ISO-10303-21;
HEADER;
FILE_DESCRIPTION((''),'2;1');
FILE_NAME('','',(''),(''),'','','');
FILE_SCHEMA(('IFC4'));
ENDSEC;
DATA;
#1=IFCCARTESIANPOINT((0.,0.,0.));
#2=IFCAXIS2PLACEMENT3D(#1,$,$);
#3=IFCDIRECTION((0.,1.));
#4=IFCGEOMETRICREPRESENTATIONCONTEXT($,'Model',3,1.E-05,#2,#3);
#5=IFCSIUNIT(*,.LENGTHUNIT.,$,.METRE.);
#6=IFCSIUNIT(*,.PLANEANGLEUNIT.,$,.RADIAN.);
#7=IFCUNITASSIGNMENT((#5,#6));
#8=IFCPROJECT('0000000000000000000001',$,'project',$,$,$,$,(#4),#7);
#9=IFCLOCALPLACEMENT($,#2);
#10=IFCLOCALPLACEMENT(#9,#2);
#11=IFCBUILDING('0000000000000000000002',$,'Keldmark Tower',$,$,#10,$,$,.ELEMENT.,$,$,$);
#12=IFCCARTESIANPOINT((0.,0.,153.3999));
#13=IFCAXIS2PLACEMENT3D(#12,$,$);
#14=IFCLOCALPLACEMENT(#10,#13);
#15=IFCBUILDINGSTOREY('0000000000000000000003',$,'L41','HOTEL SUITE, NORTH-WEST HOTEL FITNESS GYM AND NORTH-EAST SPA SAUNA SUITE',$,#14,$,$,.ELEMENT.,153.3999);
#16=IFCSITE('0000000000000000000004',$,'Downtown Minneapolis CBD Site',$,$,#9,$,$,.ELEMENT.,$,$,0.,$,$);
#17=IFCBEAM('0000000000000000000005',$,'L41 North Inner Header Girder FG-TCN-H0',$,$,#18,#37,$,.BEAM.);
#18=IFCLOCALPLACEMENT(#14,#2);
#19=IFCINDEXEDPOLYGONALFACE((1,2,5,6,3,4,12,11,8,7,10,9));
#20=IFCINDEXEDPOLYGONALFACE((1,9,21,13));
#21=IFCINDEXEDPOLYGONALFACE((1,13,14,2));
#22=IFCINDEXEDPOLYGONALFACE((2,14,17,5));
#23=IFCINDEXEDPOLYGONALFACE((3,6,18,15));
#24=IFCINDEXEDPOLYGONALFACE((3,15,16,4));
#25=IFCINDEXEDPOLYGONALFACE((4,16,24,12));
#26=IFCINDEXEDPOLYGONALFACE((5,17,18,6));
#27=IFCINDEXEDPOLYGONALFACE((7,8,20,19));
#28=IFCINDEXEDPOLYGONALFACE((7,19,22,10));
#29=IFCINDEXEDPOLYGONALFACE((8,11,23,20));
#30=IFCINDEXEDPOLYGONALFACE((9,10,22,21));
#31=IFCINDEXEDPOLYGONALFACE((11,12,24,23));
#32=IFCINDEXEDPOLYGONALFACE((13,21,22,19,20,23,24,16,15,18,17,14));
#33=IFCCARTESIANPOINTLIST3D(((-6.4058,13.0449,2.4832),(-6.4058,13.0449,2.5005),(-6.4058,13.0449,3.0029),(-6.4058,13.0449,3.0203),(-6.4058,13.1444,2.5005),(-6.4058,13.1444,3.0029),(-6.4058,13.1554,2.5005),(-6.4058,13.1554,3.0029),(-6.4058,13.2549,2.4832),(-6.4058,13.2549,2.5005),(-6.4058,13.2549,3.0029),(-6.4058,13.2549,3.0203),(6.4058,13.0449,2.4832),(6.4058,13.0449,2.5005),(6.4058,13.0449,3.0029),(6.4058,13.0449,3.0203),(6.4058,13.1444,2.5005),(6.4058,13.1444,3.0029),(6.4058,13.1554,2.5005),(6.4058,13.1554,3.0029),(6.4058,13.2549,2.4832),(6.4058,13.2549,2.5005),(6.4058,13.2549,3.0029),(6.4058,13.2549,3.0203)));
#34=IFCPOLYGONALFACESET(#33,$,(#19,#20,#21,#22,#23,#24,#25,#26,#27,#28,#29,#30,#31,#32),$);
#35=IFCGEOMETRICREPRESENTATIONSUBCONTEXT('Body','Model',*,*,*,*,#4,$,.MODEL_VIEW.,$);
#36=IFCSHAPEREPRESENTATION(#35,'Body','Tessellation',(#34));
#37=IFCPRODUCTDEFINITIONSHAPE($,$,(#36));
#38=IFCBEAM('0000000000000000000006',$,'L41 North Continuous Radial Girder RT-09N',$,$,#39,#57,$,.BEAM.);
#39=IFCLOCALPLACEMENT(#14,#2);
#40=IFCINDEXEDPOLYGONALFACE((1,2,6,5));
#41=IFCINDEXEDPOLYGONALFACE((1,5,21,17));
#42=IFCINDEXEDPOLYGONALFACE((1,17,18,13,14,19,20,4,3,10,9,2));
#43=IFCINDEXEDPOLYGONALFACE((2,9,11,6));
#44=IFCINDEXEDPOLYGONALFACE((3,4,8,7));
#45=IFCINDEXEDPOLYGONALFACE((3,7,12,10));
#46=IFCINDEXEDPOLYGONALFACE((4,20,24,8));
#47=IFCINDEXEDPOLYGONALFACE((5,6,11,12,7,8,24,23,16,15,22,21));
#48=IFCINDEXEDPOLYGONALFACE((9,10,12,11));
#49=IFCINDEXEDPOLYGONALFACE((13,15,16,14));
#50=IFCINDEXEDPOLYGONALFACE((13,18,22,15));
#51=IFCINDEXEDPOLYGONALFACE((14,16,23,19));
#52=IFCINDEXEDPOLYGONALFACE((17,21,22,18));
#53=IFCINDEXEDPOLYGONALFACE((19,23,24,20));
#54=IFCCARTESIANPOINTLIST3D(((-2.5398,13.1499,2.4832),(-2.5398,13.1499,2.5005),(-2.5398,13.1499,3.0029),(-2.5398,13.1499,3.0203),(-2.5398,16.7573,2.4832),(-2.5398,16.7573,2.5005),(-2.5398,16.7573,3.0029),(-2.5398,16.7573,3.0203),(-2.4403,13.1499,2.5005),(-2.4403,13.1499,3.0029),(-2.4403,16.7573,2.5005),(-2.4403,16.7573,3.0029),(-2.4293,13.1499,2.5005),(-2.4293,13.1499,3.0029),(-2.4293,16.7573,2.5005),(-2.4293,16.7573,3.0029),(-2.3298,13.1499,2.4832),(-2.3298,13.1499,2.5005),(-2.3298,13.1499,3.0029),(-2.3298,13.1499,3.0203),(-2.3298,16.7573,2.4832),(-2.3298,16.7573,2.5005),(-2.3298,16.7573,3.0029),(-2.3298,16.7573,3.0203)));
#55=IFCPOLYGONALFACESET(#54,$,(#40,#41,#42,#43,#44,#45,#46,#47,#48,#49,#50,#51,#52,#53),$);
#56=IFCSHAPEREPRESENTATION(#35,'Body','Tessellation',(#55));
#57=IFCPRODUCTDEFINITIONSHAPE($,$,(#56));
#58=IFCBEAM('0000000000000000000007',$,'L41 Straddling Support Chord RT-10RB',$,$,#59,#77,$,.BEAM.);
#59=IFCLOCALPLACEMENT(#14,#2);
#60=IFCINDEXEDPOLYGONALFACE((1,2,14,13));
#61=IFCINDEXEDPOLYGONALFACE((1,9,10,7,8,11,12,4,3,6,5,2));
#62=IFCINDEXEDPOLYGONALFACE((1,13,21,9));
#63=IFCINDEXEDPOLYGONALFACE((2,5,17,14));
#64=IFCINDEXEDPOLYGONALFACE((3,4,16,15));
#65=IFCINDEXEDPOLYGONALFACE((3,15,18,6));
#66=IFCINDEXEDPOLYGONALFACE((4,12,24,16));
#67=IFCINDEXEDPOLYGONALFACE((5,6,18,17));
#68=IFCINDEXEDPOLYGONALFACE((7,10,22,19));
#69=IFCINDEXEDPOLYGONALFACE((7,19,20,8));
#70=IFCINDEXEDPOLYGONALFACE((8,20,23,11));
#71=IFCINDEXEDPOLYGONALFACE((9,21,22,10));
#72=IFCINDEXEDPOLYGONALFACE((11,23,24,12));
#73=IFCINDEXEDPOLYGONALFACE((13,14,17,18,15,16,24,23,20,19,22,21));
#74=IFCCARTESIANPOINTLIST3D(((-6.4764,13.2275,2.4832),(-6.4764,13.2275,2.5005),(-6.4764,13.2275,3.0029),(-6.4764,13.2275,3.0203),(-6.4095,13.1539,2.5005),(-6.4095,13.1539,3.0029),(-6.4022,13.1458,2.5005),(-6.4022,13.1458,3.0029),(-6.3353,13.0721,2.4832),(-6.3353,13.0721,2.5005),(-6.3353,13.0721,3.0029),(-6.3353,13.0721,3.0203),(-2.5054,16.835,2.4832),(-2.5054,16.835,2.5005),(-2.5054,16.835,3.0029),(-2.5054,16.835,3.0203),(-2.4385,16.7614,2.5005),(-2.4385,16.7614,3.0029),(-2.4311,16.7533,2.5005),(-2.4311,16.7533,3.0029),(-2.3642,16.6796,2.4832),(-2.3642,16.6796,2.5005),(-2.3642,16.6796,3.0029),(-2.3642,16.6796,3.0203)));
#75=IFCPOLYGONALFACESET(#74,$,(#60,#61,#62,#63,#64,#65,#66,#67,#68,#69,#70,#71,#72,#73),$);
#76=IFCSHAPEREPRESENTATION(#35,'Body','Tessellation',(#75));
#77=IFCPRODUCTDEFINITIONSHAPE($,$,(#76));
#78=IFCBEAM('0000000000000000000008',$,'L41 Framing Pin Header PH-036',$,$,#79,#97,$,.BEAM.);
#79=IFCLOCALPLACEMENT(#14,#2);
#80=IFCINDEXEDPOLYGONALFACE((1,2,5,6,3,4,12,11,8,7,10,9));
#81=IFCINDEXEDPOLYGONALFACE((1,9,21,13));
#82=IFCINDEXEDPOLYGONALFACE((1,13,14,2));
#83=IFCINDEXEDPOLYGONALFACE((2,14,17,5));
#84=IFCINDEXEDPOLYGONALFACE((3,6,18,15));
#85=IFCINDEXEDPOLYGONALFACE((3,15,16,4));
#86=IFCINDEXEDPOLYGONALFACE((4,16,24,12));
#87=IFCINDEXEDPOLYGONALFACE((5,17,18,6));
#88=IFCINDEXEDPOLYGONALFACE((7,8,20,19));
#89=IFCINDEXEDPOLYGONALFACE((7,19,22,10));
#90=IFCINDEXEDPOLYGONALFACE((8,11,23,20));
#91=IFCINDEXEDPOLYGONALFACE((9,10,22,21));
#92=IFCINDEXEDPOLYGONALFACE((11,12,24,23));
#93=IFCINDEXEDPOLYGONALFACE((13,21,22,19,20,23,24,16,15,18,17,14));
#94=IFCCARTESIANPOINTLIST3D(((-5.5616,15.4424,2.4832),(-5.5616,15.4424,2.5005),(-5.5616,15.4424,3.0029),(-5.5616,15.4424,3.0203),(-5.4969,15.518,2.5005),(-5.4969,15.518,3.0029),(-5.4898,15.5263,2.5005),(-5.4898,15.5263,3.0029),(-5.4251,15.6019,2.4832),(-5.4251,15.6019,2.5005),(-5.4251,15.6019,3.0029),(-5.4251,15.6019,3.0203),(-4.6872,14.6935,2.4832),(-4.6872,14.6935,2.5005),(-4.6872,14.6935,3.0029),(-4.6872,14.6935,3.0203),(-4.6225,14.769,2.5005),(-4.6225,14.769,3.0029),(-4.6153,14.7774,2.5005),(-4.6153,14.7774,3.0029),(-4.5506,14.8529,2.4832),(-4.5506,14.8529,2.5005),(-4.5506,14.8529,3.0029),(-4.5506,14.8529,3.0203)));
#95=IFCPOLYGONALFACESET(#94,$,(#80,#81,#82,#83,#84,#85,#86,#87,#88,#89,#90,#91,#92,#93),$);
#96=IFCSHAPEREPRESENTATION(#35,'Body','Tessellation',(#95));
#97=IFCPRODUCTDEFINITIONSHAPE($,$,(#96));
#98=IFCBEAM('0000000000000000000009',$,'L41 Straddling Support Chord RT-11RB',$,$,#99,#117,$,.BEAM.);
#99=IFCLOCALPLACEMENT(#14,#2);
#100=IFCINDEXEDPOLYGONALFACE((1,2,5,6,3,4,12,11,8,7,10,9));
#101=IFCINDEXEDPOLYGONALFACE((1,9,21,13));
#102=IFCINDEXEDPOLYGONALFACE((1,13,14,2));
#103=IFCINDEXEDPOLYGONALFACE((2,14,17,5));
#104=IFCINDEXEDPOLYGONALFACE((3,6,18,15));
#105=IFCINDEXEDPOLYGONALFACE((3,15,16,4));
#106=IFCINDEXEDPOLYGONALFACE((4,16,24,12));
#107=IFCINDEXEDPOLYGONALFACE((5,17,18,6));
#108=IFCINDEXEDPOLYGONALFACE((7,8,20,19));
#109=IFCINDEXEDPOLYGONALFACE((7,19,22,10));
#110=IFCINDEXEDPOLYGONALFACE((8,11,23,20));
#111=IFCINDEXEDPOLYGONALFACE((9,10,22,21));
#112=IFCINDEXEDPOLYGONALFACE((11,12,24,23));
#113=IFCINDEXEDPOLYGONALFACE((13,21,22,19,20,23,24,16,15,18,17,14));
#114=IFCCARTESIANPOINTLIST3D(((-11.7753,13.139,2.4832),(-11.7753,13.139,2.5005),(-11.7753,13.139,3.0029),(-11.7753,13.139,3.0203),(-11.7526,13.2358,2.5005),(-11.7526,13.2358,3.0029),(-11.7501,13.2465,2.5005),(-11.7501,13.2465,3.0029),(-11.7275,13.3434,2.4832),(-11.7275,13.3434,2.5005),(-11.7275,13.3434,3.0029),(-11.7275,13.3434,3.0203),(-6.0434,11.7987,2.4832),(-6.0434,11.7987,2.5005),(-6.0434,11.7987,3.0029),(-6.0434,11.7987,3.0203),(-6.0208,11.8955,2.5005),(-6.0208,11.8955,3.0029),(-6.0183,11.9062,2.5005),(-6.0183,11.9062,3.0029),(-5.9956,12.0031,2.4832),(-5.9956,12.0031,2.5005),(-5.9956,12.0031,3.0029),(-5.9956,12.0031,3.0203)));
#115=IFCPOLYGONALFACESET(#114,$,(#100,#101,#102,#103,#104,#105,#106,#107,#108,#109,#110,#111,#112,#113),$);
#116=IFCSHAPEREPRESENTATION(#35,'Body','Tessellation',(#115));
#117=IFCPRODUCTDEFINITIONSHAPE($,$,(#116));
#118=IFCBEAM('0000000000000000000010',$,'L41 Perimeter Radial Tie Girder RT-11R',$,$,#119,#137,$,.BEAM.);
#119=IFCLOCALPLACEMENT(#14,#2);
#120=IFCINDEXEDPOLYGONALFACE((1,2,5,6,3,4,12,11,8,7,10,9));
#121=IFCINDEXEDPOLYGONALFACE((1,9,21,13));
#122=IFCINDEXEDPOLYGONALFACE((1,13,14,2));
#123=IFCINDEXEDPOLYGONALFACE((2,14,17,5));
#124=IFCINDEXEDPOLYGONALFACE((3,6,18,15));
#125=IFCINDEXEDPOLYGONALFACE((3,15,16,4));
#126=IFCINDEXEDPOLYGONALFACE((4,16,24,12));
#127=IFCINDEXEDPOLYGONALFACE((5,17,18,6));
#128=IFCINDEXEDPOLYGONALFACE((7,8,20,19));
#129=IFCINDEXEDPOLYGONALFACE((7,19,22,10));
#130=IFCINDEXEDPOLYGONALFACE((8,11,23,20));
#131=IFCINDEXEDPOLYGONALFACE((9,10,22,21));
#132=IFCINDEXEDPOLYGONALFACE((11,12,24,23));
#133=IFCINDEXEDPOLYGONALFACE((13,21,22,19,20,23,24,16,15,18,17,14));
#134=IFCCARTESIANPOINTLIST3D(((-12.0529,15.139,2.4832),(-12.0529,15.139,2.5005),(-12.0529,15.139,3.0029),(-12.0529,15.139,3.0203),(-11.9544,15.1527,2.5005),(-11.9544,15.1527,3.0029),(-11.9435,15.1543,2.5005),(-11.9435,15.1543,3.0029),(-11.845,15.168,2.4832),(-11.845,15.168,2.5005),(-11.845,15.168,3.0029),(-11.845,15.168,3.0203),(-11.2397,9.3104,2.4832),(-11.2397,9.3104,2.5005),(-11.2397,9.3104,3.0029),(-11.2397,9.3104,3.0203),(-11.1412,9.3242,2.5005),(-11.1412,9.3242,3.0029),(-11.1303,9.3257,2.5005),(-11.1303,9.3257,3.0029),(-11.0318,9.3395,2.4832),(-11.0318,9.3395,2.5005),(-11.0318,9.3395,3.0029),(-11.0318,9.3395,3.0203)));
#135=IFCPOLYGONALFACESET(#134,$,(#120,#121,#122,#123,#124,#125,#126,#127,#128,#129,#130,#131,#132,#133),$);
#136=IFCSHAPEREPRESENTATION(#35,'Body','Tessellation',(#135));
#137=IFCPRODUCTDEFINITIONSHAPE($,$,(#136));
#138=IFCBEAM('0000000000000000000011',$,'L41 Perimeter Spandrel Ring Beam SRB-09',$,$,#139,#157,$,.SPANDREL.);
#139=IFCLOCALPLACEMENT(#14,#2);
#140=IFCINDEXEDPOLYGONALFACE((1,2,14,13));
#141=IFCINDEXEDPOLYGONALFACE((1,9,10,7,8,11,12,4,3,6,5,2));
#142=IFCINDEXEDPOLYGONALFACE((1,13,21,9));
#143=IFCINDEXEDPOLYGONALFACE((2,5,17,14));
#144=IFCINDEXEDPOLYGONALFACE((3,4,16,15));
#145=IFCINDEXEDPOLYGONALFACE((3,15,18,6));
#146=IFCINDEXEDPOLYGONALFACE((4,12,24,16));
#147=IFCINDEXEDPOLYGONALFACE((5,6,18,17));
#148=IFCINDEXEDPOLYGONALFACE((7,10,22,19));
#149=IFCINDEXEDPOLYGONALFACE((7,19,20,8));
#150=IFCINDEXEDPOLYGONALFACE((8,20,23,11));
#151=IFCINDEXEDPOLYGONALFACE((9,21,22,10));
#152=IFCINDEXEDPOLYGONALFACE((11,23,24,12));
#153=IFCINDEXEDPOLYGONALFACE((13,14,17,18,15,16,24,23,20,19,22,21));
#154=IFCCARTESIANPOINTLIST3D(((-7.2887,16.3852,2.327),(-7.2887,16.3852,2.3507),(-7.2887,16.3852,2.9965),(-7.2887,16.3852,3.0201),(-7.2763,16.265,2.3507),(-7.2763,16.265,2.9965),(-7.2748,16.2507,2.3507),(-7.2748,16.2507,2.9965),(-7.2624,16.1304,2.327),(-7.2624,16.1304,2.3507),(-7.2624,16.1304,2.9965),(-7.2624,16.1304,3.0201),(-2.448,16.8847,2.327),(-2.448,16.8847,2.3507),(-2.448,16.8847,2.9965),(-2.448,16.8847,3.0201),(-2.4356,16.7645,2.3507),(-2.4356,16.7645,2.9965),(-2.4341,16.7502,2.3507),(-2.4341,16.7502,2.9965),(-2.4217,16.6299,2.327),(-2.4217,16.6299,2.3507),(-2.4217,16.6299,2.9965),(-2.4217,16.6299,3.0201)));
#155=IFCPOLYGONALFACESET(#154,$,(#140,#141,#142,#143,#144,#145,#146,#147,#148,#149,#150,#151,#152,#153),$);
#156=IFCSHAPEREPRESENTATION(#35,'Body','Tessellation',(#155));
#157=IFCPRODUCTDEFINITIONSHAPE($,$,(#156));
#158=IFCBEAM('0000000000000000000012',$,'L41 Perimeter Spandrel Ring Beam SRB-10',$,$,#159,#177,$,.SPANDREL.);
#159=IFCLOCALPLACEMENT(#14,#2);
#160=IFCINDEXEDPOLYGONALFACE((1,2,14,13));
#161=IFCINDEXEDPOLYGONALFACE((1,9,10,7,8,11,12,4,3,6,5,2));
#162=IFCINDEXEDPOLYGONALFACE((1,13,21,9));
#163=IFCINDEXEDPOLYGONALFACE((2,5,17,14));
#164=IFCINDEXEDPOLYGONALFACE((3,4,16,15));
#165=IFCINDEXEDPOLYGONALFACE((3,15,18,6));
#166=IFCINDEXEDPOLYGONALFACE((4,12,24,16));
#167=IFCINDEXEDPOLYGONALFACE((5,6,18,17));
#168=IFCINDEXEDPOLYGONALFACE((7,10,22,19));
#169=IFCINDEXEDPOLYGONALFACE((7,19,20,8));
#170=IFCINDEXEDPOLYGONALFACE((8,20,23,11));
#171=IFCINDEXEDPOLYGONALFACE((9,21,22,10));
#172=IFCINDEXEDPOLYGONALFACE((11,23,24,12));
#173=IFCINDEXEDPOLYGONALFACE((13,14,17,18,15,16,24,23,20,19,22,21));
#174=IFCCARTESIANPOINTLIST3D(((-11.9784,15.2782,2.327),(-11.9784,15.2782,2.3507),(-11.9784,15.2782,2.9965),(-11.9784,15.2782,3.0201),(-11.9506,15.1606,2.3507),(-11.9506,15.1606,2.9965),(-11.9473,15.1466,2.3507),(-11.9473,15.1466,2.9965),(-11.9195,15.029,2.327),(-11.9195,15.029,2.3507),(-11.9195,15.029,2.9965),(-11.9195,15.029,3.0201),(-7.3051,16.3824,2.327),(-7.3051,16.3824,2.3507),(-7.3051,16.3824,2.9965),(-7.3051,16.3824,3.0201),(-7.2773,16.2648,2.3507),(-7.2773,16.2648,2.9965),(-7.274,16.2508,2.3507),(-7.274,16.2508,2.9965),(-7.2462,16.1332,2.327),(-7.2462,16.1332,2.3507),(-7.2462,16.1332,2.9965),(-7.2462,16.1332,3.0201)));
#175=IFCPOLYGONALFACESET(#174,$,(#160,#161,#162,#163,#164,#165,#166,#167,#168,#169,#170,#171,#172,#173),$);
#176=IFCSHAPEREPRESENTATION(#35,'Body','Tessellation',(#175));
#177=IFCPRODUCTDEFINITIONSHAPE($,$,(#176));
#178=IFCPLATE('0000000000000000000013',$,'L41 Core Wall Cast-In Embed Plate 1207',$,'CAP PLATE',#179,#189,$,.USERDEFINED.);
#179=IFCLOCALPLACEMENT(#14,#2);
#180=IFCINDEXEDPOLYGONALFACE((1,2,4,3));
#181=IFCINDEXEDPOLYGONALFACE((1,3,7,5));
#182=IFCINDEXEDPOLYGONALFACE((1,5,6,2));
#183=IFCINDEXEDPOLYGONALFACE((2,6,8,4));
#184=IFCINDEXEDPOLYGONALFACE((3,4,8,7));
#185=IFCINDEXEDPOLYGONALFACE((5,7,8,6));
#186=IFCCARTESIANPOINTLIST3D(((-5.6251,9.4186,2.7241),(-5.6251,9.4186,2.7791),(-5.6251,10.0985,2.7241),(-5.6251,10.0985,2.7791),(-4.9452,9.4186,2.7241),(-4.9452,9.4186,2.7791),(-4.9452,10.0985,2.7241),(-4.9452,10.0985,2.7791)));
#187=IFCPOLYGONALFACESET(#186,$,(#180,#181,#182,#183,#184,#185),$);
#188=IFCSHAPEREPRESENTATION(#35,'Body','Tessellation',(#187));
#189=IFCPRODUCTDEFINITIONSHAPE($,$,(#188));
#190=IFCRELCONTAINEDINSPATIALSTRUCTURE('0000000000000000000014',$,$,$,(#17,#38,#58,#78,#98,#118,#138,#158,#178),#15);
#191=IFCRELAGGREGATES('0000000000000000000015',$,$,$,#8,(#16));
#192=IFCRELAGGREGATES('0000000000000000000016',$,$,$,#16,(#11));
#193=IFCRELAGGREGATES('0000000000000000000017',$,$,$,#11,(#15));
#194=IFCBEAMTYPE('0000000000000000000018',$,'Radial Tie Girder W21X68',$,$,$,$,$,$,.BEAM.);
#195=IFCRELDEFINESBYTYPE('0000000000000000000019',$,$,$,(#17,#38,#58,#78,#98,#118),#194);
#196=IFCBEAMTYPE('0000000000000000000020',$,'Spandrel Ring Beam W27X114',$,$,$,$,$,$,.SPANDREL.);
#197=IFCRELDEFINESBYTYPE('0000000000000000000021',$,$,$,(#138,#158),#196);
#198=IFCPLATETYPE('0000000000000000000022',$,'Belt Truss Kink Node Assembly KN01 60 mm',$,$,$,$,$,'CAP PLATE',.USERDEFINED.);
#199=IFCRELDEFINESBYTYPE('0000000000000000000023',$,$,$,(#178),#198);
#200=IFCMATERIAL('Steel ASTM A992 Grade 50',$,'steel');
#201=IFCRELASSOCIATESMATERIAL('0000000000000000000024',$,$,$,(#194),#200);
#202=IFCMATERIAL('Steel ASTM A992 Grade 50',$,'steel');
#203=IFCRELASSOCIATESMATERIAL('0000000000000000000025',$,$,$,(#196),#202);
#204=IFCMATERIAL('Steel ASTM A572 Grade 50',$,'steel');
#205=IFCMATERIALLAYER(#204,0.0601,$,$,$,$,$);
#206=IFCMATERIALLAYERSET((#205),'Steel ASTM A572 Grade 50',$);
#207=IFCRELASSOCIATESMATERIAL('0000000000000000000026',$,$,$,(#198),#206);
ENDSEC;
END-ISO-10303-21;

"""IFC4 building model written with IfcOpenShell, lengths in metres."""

from ifc_helpers import new_model, si_unit, direction, frame, origin, origin_2d, place, context, subcontext, project, spatial, rectangle, i_section, extrude, material, layer, layer_set, material_profile, profile_set, type_object, element, save


model = new_model("IFC4")

# Units and contexts
model_context = context("Model", 3, precision=1e-05, world=origin(), true_north=direction((0.0, 1.0)))
body_context = subcontext(model_context, "Body", "Model", "MODEL_VIEW")
ifc_project = project(units=[si_unit("LENGTHUNIT", "METRE"), si_unit("PLANEANGLEUNIT", "RADIAN")], contexts=[model_context])

# Site, building, storey
site_placement = place(None, origin())
site = spatial("IfcSite", under=ifc_project, at=site_placement, Name="Downtown Minneapolis CBD Site", CompositionType="ELEMENT", RefElevation=0.0)
building_placement = place(site_placement, origin())
building = spatial("IfcBuilding", under=site, at=building_placement, Name="Keldmark Tower", CompositionType="ELEMENT")
storey_placement = place(building_placement, frame((0.0, 0.0, 153.3999)))
storey = spatial("IfcBuildingStorey", under=building, at=storey_placement, Name="L41", Description="HOTEL SUITE, NORTH-WEST HOTEL FITNESS GYM AND NORTH-EAST SPA SAUNA SUITE", CompositionType="ELEMENT", Elevation=153.3999)

# Beams
ifc_material_1 = material(Name="Steel ASTM A992 Grade 50", Category="steel")
ifc_material_profile_1 = material_profile(ifc_material_1, i_section(OverallWidth=0.21, OverallDepth=0.5371, WebThickness=0.011, FlangeThickness=0.0173, at=origin_2d()), Name="W21X68")
ifc_profile_set_1 = profile_set([ifc_material_profile_1], Name="Steel ASTM A992 Grade 50")
beam_type_1 = type_object("IfcBeamType", Name="Radial Tie Girder W21X68", PredefinedType="BEAM", material=ifc_profile_set_1)
beam_1_placement = place(storey_placement, frame((-6.4058, 13.1499, 2.7517), z_axis=(1.0, 0.0, 0.0), x_axis=(0.0, 1.0, 0.0)))
element("IfcBeam", 1, at=beam_1_placement, inside=storey, type_object=beam_type_1, Name="L41 North Inner Header Girder FG-TCN-H0", PredefinedType="BEAM", context=body_context, shape_type="SweptSolid", body=[
    extrude(i_section(OverallWidth=0.21, OverallDepth=0.5371, WebThickness=0.011, FlangeThickness=0.0173, at=origin_2d()), origin(), (0.0, 0.0, 1.0), 12.8115),
])
beam_2_placement = place(storey_placement, frame((-2.4348, 13.1499, 2.7517), z_axis=(0.0, 1.0, 0.0), x_axis=(-1.0, 0.0, 0.0)))
element("IfcBeam", 2, at=beam_2_placement, inside=storey, type_object=beam_type_1, Name="L41 North Continuous Radial Girder RT-09N", PredefinedType="BEAM", context=body_context, shape_type="SweptSolid", body=[
    extrude(i_section(OverallWidth=0.21, OverallDepth=0.5371, WebThickness=0.011, FlangeThickness=0.0173, at=origin_2d()), origin(), (0.0, 0.0, 1.0), 3.6074),
])
beam_3_placement = place(storey_placement, frame((-2.4348, 16.7573, 2.7517), z_axis=(-0.740175, -0.672415, 0.0), x_axis=(0.672415, -0.740175, 0.0)))
element("IfcBeam", 3, at=beam_3_placement, inside=storey, type_object=beam_type_1, Name="L41 Straddling Support Chord RT-10RB", PredefinedType="BEAM", context=body_context, shape_type="SweptSolid", body=[
    extrude(i_section(OverallWidth=0.21, OverallDepth=0.5371, WebThickness=0.011, FlangeThickness=0.0173, at=origin_2d()), origin(), (0.0, 0.0, 1.0), 5.365),
])
beam_4_placement = place(storey_placement, frame((-4.6189, 14.7732, 2.7517), z_axis=(-0.759496, 0.650512, 0.0), x_axis=(-0.650512, -0.759496, 0.0)))
element("IfcBeam", 4, at=beam_4_placement, inside=storey, type_object=beam_type_1, Name="L41 Framing Pin Header PH-036", PredefinedType="BEAM", context=body_context, shape_type="SweptSolid", body=[
    extrude(i_section(OverallWidth=0.21, OverallDepth=0.5371, WebThickness=0.011, FlangeThickness=0.0173, at=origin_2d()), origin(), (0.0, 0.0, 1.0), 1.1514),
])
beam_5_placement = place(storey_placement, frame((-6.0195, 11.9009, 2.7517), z_axis=(-0.973733, 0.227694, 0.0), x_axis=(-0.227694, -0.973733, 0.0)))
element("IfcBeam", 5, at=beam_5_placement, inside=storey, type_object=beam_type_1, Name="L41 Straddling Support Chord RT-11RB", PredefinedType="BEAM", context=body_context, shape_type="SweptSolid", body=[
    extrude(i_section(OverallWidth=0.21, OverallDepth=0.5371, WebThickness=0.011, FlangeThickness=0.0173, at=origin_2d()), origin(), (0.0, 0.0, 1.0), 5.8865),
])
beam_6_placement = place(storey_placement, frame((-11.1357, 9.325, 2.7517), z_axis=(-0.138186, 0.990406, 0.0), x_axis=(-0.990406, -0.138186, 0.0)))
element("IfcBeam", 6, at=beam_6_placement, inside=storey, type_object=beam_type_1, Name="L41 Perimeter Radial Tie Girder RT-11R", PredefinedType="BEAM", context=body_context, shape_type="SweptSolid", body=[
    extrude(i_section(OverallWidth=0.21, OverallDepth=0.5371, WebThickness=0.011, FlangeThickness=0.0173, at=origin_2d()), origin(), (0.0, 0.0, 1.0), 5.885),
])
ifc_material_2 = material(Name="Steel ASTM A992 Grade 50", Category="steel")
ifc_material_profile_2 = material_profile(ifc_material_2, i_section(OverallWidth=0.2561, OverallDepth=0.6931, WebThickness=0.0144, FlangeThickness=0.0237, at=origin_2d()), Name="W27X114")
ifc_profile_set_2 = profile_set([ifc_material_profile_2], Name="Steel ASTM A992 Grade 50")
beam_type_2 = type_object("IfcBeamType", Name="Spandrel Ring Beam W27X114", PredefinedType="SPANDREL", material=ifc_profile_set_2)
beam_7_placement = place(storey_placement, frame((-2.4348, 16.7573, 2.6736), z_axis=(-0.994718, -0.102642, 0.0), x_axis=(0.102642, -0.994718, 0.0)))
element("IfcBeam", 7, at=beam_7_placement, inside=storey, type_object=beam_type_2, Name="L41 Perimeter Spandrel Ring Beam SRB-09", PredefinedType="SPANDREL", context=body_context, shape_type="SweptSolid", body=[
    extrude(i_section(OverallWidth=0.2561, OverallDepth=0.6931, WebThickness=0.0144, FlangeThickness=0.0237, at=origin_2d()), origin(), (0.0, 0.0, 1.0), 4.8665),
])
beam_8_placement = place(storey_placement, frame((-7.2756, 16.2578, 2.6736), z_axis=(-0.973201, -0.229955, 0.0), x_axis=(0.229955, -0.973201, 0.0)))
element("IfcBeam", 8, at=beam_8_placement, inside=storey, type_object=beam_type_2, Name="L41 Perimeter Spandrel Ring Beam SRB-10", PredefinedType="SPANDREL", context=body_context, shape_type="SweptSolid", body=[
    extrude(i_section(OverallWidth=0.2561, OverallDepth=0.6931, WebThickness=0.0144, FlangeThickness=0.0237, at=origin_2d()), origin(), (0.0, 0.0, 1.0), 4.802),
])

# Plate
ifc_material_3 = material(Name="Steel ASTM A572 Grade 50", Category="steel")
ifc_layer_1 = layer(ifc_material_3, 0.0601)
ifc_layer_set_1 = layer_set([ifc_layer_1], Name="Steel ASTM A572 Grade 50")
plate_type_1 = type_object("IfcPlateType", Name="Belt Truss Kink Node Assembly KN01 60 mm", ElementType="CAP PLATE", PredefinedType="USERDEFINED", material=ifc_layer_set_1)
for number, where, z_axis, x_axis, name in (
    (9, (-5.2852, 9.7585, 2.7241), (0.0, 0.0, 1.0), (1.0, 0.0, 0.0), "L41 Core Wall Cast-In Embed Plate 1207"),
):
    element("IfcPlate", number, at=place(storey_placement, frame(where, z_axis=z_axis, x_axis=x_axis)), inside=storey, type_object=plate_type_1, Name=name, ObjectType="CAP PLATE", PredefinedType="USERDEFINED", context=body_context, shape_type="SweptSolid", body=[
        extrude(rectangle(XDim=0.6799, YDim=0.6799, at=origin_2d()), origin(), (0.0, 0.0, 1.0), 0.0549),
    ])

save(model, "model.ifc")
